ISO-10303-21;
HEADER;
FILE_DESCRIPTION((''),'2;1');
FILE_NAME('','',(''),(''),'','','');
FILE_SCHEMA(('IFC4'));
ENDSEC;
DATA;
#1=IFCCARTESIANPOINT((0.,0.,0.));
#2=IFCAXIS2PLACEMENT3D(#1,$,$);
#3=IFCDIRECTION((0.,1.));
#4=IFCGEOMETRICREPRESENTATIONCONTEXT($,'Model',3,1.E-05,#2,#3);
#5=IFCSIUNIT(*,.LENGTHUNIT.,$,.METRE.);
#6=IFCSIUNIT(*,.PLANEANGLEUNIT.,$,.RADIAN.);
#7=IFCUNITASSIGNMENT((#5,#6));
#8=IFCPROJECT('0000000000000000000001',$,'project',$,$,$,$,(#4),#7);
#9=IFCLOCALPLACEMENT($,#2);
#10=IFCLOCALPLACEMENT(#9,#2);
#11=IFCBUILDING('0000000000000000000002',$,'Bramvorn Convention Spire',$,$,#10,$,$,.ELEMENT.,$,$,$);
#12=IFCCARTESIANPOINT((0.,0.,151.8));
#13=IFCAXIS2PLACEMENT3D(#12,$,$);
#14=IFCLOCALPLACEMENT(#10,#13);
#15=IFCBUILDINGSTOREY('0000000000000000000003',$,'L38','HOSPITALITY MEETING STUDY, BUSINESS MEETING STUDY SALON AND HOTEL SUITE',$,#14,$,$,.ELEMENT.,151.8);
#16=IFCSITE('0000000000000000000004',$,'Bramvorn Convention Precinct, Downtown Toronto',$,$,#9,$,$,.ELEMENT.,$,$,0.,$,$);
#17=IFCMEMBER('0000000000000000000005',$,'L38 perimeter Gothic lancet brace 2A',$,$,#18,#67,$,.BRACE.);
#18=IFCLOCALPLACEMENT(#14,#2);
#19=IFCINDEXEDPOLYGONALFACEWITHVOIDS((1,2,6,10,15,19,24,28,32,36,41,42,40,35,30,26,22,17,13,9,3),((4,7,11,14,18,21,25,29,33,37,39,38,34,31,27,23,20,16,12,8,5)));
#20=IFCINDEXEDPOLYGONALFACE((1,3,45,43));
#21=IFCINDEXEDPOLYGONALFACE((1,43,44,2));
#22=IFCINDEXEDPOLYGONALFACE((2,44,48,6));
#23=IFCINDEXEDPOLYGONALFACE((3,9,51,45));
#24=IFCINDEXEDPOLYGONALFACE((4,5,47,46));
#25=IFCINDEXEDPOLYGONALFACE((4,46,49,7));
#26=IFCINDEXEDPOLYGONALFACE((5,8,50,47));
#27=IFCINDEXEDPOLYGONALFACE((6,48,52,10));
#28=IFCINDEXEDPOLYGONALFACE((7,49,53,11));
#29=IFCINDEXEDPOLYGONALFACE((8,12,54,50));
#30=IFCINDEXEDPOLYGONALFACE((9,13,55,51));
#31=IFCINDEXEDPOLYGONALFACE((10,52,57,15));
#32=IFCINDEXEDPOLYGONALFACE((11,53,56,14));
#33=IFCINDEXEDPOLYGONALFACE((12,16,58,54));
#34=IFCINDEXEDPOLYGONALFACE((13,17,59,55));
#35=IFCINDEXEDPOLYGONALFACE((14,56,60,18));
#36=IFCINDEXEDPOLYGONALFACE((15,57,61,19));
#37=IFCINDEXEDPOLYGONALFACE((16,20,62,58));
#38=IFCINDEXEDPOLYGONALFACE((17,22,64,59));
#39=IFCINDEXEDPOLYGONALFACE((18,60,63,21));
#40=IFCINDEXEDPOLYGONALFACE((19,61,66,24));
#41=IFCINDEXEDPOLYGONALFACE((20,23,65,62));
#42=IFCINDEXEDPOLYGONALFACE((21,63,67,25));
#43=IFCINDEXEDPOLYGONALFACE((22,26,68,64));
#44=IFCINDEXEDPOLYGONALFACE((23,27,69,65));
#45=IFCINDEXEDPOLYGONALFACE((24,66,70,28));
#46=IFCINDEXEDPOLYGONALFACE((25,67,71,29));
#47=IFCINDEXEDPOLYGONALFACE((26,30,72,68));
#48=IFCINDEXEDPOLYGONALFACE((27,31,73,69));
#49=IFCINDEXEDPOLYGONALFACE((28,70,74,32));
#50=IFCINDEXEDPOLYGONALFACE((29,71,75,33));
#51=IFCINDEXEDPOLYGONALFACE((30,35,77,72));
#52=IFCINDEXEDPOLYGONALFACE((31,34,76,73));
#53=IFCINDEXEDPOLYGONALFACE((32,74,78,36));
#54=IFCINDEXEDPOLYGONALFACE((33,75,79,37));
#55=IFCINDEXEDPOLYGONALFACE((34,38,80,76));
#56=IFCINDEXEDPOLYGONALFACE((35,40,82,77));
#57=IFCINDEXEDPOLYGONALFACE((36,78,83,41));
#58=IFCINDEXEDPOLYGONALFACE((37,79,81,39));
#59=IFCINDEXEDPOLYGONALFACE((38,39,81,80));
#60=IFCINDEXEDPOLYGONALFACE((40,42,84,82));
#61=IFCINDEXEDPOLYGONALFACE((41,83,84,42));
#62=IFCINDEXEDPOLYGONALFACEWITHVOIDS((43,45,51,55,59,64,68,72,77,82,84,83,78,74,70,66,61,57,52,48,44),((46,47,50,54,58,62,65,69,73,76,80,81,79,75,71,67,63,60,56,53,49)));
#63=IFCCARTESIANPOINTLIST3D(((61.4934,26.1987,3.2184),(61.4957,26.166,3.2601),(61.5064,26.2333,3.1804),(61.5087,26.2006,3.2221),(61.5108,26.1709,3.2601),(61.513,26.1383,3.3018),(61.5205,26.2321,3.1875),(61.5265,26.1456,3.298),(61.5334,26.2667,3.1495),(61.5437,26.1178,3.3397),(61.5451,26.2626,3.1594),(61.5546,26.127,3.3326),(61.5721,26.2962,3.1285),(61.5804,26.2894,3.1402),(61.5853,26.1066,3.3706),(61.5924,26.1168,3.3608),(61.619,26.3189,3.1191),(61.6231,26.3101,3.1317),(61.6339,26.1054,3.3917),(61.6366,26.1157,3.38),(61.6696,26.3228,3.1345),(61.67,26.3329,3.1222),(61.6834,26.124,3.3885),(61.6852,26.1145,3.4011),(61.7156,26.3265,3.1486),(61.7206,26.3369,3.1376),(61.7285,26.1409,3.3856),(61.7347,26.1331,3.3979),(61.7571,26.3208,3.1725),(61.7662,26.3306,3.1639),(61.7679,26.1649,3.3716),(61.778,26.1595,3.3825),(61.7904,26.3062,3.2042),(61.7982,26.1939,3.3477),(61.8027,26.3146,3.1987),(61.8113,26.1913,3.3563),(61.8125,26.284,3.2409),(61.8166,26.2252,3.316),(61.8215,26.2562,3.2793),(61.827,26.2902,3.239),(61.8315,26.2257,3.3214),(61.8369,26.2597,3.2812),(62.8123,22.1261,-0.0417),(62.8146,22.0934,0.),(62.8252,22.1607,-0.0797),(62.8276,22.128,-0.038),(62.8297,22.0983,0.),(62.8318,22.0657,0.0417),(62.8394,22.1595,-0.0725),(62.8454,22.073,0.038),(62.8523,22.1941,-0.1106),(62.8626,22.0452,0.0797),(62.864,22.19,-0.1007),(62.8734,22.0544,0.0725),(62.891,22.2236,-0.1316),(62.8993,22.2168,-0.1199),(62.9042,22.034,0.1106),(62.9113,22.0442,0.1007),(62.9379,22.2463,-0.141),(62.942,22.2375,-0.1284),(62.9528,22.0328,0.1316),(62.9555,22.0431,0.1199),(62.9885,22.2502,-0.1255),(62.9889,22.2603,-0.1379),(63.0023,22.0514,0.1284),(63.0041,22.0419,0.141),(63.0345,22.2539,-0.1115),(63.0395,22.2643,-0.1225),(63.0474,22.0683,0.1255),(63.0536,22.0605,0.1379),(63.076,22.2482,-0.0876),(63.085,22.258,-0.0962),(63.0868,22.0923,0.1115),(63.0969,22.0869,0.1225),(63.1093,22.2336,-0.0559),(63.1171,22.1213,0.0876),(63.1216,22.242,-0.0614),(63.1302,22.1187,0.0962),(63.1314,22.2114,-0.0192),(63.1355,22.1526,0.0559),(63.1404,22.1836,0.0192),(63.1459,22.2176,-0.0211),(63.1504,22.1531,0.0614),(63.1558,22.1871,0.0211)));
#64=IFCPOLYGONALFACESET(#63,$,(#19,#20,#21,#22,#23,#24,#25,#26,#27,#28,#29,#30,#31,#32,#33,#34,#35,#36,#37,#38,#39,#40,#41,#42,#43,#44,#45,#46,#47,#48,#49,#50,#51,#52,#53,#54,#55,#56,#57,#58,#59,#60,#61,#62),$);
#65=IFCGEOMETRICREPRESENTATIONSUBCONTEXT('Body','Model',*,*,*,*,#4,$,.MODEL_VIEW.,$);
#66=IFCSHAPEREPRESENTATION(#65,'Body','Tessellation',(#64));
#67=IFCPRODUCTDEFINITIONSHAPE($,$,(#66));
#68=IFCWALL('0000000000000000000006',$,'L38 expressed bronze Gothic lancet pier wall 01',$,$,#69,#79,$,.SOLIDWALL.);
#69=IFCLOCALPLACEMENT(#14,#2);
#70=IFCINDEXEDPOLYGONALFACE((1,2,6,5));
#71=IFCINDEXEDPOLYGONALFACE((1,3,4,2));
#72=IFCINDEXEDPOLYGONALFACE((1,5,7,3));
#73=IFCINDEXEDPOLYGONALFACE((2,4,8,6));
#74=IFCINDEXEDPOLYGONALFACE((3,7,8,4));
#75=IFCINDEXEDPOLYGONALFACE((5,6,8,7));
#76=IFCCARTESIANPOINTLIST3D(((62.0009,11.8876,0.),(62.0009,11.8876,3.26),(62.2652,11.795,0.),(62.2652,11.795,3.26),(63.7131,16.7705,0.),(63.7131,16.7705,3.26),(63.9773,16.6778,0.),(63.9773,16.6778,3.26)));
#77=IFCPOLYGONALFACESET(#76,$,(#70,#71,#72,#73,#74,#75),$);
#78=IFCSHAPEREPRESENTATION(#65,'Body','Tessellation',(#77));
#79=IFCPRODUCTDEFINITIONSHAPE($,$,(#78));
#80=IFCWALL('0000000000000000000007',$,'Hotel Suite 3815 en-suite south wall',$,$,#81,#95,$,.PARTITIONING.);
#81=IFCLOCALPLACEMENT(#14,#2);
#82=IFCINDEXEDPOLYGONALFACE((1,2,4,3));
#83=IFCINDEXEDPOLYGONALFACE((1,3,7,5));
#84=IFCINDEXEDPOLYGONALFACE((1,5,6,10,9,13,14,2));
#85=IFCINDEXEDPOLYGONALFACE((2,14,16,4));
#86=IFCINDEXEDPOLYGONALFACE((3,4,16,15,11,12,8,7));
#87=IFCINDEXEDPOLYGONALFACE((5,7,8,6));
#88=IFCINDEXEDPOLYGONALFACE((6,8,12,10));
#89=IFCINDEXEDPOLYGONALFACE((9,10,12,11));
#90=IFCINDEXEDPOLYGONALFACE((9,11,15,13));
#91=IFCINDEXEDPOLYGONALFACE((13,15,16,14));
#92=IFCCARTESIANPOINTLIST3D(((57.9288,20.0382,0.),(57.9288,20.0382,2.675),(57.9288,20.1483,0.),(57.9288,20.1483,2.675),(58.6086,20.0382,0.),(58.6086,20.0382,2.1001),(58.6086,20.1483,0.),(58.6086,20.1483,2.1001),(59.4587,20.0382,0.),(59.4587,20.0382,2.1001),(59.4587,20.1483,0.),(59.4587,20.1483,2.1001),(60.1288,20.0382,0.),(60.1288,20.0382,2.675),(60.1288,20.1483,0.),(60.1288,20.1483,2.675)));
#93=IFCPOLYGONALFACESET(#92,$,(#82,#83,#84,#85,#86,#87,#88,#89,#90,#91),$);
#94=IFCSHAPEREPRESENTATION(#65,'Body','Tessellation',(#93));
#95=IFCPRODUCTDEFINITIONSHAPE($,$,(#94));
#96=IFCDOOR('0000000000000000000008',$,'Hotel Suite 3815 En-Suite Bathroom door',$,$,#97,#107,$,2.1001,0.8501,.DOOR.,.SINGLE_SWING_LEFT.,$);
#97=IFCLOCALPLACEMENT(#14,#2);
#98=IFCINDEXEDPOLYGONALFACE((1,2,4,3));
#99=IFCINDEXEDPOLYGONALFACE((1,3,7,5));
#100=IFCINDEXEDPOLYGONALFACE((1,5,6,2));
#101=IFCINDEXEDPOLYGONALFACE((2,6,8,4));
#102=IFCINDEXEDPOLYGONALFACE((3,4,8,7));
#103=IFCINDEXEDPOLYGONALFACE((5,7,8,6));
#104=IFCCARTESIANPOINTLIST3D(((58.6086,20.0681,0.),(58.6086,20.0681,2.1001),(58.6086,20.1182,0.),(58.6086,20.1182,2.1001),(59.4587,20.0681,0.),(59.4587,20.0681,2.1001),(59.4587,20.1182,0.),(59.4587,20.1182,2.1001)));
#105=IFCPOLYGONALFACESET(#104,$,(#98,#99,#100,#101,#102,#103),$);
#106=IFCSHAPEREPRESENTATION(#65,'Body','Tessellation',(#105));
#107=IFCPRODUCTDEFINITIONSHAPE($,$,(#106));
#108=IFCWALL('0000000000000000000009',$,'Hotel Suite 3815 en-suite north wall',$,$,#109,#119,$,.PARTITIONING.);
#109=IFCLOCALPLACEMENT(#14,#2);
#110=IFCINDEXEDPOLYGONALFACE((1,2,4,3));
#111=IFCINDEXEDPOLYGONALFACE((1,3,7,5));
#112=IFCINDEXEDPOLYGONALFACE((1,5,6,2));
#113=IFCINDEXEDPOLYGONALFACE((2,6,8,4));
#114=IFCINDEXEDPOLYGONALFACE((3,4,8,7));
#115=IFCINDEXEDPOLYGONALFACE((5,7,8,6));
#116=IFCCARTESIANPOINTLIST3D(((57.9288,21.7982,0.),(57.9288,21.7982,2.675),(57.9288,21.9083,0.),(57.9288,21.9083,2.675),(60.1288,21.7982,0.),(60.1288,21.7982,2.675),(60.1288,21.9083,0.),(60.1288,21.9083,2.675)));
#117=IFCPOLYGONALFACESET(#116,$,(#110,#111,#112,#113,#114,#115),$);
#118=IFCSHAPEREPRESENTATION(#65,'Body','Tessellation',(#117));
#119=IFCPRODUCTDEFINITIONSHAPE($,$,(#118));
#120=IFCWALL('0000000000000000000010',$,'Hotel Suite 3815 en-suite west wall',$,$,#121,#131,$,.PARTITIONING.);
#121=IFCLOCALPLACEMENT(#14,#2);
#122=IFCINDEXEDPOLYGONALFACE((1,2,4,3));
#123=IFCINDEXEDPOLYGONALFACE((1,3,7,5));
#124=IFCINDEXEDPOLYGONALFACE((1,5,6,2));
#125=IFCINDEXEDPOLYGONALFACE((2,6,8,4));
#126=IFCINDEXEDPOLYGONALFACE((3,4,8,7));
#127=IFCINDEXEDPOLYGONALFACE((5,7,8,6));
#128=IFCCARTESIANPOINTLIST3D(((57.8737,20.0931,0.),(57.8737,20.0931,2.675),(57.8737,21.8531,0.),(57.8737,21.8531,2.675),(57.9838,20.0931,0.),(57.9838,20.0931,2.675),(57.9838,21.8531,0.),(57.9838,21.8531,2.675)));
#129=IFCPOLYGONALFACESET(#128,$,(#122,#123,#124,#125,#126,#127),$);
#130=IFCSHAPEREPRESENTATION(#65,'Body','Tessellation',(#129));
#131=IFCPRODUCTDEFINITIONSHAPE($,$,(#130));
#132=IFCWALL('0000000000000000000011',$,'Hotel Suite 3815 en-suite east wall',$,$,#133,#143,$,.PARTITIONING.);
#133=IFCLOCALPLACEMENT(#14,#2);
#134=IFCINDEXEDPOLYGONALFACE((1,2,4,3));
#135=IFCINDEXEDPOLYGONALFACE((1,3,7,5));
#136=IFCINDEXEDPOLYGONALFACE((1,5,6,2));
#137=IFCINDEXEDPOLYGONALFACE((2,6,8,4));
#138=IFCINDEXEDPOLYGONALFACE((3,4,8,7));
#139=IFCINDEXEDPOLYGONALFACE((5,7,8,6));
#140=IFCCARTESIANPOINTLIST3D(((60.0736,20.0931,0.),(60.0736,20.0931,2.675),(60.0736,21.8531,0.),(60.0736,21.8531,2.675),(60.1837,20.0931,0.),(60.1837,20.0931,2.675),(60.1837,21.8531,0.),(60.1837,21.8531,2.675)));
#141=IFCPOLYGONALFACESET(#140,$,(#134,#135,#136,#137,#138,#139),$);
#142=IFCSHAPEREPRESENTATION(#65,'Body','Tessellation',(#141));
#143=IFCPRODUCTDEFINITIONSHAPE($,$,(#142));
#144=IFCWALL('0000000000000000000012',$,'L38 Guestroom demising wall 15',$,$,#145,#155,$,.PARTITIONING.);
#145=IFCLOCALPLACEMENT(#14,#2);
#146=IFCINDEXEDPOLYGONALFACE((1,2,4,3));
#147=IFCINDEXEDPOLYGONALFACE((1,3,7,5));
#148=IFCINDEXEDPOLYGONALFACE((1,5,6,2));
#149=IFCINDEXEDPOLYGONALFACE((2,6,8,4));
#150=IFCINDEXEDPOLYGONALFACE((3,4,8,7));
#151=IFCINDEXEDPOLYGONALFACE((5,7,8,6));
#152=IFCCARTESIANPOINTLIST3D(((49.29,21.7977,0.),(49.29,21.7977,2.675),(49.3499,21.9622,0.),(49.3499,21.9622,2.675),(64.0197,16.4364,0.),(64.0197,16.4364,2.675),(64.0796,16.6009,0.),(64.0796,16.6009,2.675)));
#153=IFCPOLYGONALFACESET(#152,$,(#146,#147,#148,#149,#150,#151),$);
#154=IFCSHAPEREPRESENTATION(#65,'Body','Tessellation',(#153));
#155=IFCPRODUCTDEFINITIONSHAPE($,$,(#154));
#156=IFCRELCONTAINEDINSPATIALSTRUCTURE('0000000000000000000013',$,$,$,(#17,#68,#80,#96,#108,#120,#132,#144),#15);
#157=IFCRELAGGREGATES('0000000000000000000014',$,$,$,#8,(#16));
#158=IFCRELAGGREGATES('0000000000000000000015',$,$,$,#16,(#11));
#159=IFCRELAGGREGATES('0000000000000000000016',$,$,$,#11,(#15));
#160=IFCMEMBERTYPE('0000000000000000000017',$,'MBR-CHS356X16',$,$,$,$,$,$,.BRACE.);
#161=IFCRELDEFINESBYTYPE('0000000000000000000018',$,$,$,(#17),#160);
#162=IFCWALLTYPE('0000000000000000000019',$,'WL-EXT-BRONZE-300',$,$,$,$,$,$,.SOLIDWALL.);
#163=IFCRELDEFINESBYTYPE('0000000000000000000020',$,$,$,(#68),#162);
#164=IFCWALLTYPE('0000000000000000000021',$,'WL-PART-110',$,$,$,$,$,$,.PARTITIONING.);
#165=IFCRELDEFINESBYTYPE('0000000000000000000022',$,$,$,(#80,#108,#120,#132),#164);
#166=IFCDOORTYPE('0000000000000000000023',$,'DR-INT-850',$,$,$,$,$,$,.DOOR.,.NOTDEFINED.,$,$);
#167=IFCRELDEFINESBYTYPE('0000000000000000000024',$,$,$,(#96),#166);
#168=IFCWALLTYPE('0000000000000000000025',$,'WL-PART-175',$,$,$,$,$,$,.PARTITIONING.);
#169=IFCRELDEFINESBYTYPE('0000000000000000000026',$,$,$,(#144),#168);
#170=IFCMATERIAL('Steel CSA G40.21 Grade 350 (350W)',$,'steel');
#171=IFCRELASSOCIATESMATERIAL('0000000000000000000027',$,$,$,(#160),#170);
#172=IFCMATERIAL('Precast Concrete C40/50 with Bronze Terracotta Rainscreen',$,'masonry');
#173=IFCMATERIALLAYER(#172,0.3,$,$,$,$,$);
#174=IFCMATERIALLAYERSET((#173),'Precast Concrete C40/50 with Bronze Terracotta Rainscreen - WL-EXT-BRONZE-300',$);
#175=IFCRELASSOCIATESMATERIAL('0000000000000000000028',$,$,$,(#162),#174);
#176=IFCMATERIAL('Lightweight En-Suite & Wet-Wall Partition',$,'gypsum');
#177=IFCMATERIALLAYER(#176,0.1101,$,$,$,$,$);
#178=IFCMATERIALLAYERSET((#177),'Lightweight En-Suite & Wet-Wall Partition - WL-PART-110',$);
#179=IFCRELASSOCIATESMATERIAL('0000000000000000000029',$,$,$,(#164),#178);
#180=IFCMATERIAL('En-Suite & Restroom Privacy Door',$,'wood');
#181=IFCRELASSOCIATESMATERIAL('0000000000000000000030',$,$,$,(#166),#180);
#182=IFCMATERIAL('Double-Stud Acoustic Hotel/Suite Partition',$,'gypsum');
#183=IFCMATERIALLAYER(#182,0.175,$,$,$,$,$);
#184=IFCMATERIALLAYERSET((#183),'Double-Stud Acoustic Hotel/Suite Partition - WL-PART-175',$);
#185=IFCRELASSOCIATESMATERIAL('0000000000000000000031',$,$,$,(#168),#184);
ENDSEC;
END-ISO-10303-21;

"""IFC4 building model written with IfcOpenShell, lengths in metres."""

from ifc_helpers import new_model, si_unit, direction, frame, frame_2d, origin, origin_2d, place, context, subcontext, project, spatial, rectangle, hollow_circle, extrude, material, layer, layer_set, material_profile, profile_set, type_object, element, fill, save


model = new_model("IFC4")

# Units and contexts
model_context = context("Model", 3, precision=1e-05, world=origin(), true_north=direction((0.0, 1.0)))
body_context = subcontext(model_context, "Body", "Model", "MODEL_VIEW")
ifc_project = project(units=[si_unit("LENGTHUNIT", "METRE"), si_unit("PLANEANGLEUNIT", "RADIAN")], contexts=[model_context])

# Site, building, storey
site_placement = place(None, origin())
site = spatial("IfcSite", under=ifc_project, at=site_placement, Name="Bramvorn Convention Precinct, Downtown Toronto", CompositionType="ELEMENT", RefElevation=0.0)
building_placement = place(site_placement, origin())
building = spatial("IfcBuilding", under=site, at=building_placement, Name="Bramvorn Convention Spire", CompositionType="ELEMENT")
storey_placement = place(building_placement, frame((0.0, 0.0, 151.8)))
storey = spatial("IfcBuildingStorey", under=building, at=storey_placement, Name="L38", Description="HOSPITALITY MEETING STUDY, BUSINESS MEETING STUDY SALON AND HOTEL SUITE", CompositionType="ELEMENT", Elevation=151.8)

# Shared definitions
ifc_material_1 = material(Name="Steel CSA G40.21 Grade 350 (350W)", Category="steel")

# Member
ifc_material_profile_1 = material_profile(ifc_material_1, hollow_circle(Radius=0.1777, WallThickness=0.0159, at=origin_2d()))
ifc_profile_set_1 = profile_set([ifc_material_profile_1], Name="Steel CSA G40.21 Grade 350 (350W) - CHS356X16")
member_type = type_object("IfcMemberType", Name="MBR-CHS356X16", PredefinedType="BRACE", material=ifc_profile_set_1)
member_placement = place(storey_placement, frame((62.9836, 22.1482, 0.0), z_axis=(-0.245105, 0.756868, 0.605866), x_axis=(-0.951358, -0.308089, 0.0)))
element("IfcMember", 1, at=member_placement, inside=storey, type_object=member_type, Name="L38 perimeter Gothic lancet brace 2A", PredefinedType="BRACE", context=body_context, shape_type="SweptSolid", body=[
    extrude(hollow_circle(Radius=0.1777, WallThickness=0.0159, at=origin_2d()), origin(), (0.0, 0.0, 1.0), 5.3809),
])

# Wall
ifc_material_2 = material(Name="Precast Concrete C40/50 with Bronze Terracotta Rainscreen", Category="masonry")
ifc_layer_1 = layer(ifc_material_2, 0.3)
ifc_layer_set_1 = layer_set([ifc_layer_1], Name="Precast Concrete C40/50 with Bronze Terracotta Rainscreen - WL-EXT-BRONZE-300")
wall_type_1 = type_object("IfcWallType", Name="WL-EXT-BRONZE-300", PredefinedType="SOLIDWALL", material=ifc_layer_set_1)
wall_1_placement = place(storey_placement, frame((63.8452, 16.7241, 0.0), z_axis=(0.0, 0.0, 1.0), x_axis=(-0.330897, -0.943667, 0.0)))
element("IfcWall", 2, at=wall_1_placement, inside=storey, type_object=wall_type_1, Name="L38 expressed bronze Gothic lancet pier wall 01", PredefinedType="SOLIDWALL", context=body_context, shape_type="SweptSolid", body=[
    extrude(rectangle(XDim=5.1743, YDim=0.28, at=frame_2d((2.5872, 0.0))), origin(), (0.0, 0.0, 1.0), 3.26),
])

# Wall, opening, door
ifc_material_3 = material(Name="Lightweight En-Suite & Wet-Wall Partition", Category="gypsum")
ifc_layer_2 = layer(ifc_material_3, 0.1101)
ifc_layer_set_2 = layer_set([ifc_layer_2], Name="Lightweight En-Suite & Wet-Wall Partition - WL-PART-110")
wall_type_2 = type_object("IfcWallType", Name="WL-PART-110", PredefinedType="PARTITIONING", material=ifc_layer_set_2)
wall_2_placement = place(storey_placement, frame((57.9287, 20.0933, 0.0), z_axis=(0.0, 0.0, 1.0), x_axis=(1.0, 0.0, 0.0)))
wall_2 = element("IfcWall", 3, at=wall_2_placement, inside=storey, type_object=wall_type_2, Name="Hotel Suite 3815 en-suite south wall", PredefinedType="PARTITIONING", context=body_context, shape_type="SweptSolid", body=[
    extrude(rectangle(XDim=2.2, YDim=0.1101, at=frame_2d((1.1001, 0.0))), origin(), (0.0, 0.0, 1.0), 2.675),
])
opening_1_placement = place(wall_2_placement, frame((0.6799, 0.0, 0.0)))
opening_1 = element("IfcOpeningElement", 4, at=opening_1_placement, cuts=wall_2, PredefinedType="OPENING", context=body_context, shape_type="SweptSolid", body=[
    extrude(rectangle(XDim=0.8501, YDim=2.1001, at=frame_2d((0.425, 1.05))), frame((0.0, 0.0649, 0.0), z_axis=(0.0, -1.0, 0.0), x_axis=(1.0, 0.0, 0.0)), (0.0, 0.0, 1.0), 0.1301),
])
ifc_material_4 = material(Name="En-Suite & Restroom Privacy Door", Category="wood")
door_type_1 = type_object("IfcDoorType", Name="DR-INT-850", OperationType="NOTDEFINED", PredefinedType="DOOR", material=ifc_material_4)
door_1_placement = place(opening_1_placement, origin())
door_1 = element("IfcDoor", 5, at=door_1_placement, inside=storey, type_object=door_type_1, Name="Hotel Suite 3815 En-Suite Bathroom door", OperationType="SINGLE_SWING_LEFT", OverallHeight=2.1001, OverallWidth=0.8501, PredefinedType="DOOR", context=body_context, shape_type="SweptSolid", body=[
    extrude(rectangle(XDim=0.8501, YDim=2.1001, at=frame_2d((0.425, 1.05))), frame((0.0, 0.0249, 0.0), z_axis=(0.0, -1.0, 0.0), x_axis=(1.0, 0.0, 0.0)), (0.0, 0.0, 1.0), 0.05),
])
fill(opening_1, door_1)

# Walls
wall_3_placement = place(storey_placement, frame((57.9287, 21.8533, 0.0), z_axis=(0.0, 0.0, 1.0), x_axis=(1.0, 0.0, 0.0)))
element("IfcWall", 6, at=wall_3_placement, inside=storey, type_object=wall_type_2, Name="Hotel Suite 3815 en-suite north wall", PredefinedType="PARTITIONING", context=body_context, shape_type="SweptSolid", body=[
    extrude(rectangle(XDim=2.2, YDim=0.1101, at=frame_2d((1.1001, 0.0))), origin(), (0.0, 0.0, 1.0), 2.675),
])
for number, where, z_axis, x_axis, name in (
    (7, (57.9287, 20.0933, 0.0), (0.0, 0.0, 1.0), (0.0, 1.0, 0.0), "Hotel Suite 3815 en-suite west wall"),
    (8, (60.1287, 20.0933, 0.0), (0.0, 0.0, 1.0), (0.0, 1.0, 0.0), "Hotel Suite 3815 en-suite east wall"),
):
    element("IfcWall", number, at=place(storey_placement, frame(where, z_axis=z_axis, x_axis=x_axis)), inside=storey, type_object=wall_type_2, Name=name, PredefinedType="PARTITIONING", context=body_context, shape_type="SweptSolid", body=[
        extrude(rectangle(XDim=1.76, YDim=0.1101, at=frame_2d((0.8799, 0.0))), origin(), (0.0, 0.0, 1.0), 2.675),
    ])
ifc_material_5 = material(Name="Double-Stud Acoustic Hotel/Suite Partition", Category="gypsum")
ifc_layer_3 = layer(ifc_material_5, 0.175)
ifc_layer_set_3 = layer_set([ifc_layer_3], Name="Double-Stud Acoustic Hotel/Suite Partition - WL-PART-175")
wall_type_3 = type_object("IfcWallType", Name="WL-PART-175", PredefinedType="PARTITIONING", material=ifc_layer_set_3)
wall_4_placement = place(storey_placement, frame((49.3201, 21.8799, 0.0), z_axis=(0.0, 0.0, 1.0), x_axis=(0.93969, -0.342028, 0.0)))
element("IfcWall", 9, at=wall_4_placement, inside=storey, type_object=wall_type_3, Name="L38 Guestroom demising wall 15", PredefinedType="PARTITIONING", context=body_context, shape_type="SweptSolid", body=[
    extrude(rectangle(XDim=15.675, YDim=0.175, at=frame_2d((7.8374, 0.0))), origin(), (0.0, 0.0, 1.0), 2.675),
])

save(model, "model.ifc")
